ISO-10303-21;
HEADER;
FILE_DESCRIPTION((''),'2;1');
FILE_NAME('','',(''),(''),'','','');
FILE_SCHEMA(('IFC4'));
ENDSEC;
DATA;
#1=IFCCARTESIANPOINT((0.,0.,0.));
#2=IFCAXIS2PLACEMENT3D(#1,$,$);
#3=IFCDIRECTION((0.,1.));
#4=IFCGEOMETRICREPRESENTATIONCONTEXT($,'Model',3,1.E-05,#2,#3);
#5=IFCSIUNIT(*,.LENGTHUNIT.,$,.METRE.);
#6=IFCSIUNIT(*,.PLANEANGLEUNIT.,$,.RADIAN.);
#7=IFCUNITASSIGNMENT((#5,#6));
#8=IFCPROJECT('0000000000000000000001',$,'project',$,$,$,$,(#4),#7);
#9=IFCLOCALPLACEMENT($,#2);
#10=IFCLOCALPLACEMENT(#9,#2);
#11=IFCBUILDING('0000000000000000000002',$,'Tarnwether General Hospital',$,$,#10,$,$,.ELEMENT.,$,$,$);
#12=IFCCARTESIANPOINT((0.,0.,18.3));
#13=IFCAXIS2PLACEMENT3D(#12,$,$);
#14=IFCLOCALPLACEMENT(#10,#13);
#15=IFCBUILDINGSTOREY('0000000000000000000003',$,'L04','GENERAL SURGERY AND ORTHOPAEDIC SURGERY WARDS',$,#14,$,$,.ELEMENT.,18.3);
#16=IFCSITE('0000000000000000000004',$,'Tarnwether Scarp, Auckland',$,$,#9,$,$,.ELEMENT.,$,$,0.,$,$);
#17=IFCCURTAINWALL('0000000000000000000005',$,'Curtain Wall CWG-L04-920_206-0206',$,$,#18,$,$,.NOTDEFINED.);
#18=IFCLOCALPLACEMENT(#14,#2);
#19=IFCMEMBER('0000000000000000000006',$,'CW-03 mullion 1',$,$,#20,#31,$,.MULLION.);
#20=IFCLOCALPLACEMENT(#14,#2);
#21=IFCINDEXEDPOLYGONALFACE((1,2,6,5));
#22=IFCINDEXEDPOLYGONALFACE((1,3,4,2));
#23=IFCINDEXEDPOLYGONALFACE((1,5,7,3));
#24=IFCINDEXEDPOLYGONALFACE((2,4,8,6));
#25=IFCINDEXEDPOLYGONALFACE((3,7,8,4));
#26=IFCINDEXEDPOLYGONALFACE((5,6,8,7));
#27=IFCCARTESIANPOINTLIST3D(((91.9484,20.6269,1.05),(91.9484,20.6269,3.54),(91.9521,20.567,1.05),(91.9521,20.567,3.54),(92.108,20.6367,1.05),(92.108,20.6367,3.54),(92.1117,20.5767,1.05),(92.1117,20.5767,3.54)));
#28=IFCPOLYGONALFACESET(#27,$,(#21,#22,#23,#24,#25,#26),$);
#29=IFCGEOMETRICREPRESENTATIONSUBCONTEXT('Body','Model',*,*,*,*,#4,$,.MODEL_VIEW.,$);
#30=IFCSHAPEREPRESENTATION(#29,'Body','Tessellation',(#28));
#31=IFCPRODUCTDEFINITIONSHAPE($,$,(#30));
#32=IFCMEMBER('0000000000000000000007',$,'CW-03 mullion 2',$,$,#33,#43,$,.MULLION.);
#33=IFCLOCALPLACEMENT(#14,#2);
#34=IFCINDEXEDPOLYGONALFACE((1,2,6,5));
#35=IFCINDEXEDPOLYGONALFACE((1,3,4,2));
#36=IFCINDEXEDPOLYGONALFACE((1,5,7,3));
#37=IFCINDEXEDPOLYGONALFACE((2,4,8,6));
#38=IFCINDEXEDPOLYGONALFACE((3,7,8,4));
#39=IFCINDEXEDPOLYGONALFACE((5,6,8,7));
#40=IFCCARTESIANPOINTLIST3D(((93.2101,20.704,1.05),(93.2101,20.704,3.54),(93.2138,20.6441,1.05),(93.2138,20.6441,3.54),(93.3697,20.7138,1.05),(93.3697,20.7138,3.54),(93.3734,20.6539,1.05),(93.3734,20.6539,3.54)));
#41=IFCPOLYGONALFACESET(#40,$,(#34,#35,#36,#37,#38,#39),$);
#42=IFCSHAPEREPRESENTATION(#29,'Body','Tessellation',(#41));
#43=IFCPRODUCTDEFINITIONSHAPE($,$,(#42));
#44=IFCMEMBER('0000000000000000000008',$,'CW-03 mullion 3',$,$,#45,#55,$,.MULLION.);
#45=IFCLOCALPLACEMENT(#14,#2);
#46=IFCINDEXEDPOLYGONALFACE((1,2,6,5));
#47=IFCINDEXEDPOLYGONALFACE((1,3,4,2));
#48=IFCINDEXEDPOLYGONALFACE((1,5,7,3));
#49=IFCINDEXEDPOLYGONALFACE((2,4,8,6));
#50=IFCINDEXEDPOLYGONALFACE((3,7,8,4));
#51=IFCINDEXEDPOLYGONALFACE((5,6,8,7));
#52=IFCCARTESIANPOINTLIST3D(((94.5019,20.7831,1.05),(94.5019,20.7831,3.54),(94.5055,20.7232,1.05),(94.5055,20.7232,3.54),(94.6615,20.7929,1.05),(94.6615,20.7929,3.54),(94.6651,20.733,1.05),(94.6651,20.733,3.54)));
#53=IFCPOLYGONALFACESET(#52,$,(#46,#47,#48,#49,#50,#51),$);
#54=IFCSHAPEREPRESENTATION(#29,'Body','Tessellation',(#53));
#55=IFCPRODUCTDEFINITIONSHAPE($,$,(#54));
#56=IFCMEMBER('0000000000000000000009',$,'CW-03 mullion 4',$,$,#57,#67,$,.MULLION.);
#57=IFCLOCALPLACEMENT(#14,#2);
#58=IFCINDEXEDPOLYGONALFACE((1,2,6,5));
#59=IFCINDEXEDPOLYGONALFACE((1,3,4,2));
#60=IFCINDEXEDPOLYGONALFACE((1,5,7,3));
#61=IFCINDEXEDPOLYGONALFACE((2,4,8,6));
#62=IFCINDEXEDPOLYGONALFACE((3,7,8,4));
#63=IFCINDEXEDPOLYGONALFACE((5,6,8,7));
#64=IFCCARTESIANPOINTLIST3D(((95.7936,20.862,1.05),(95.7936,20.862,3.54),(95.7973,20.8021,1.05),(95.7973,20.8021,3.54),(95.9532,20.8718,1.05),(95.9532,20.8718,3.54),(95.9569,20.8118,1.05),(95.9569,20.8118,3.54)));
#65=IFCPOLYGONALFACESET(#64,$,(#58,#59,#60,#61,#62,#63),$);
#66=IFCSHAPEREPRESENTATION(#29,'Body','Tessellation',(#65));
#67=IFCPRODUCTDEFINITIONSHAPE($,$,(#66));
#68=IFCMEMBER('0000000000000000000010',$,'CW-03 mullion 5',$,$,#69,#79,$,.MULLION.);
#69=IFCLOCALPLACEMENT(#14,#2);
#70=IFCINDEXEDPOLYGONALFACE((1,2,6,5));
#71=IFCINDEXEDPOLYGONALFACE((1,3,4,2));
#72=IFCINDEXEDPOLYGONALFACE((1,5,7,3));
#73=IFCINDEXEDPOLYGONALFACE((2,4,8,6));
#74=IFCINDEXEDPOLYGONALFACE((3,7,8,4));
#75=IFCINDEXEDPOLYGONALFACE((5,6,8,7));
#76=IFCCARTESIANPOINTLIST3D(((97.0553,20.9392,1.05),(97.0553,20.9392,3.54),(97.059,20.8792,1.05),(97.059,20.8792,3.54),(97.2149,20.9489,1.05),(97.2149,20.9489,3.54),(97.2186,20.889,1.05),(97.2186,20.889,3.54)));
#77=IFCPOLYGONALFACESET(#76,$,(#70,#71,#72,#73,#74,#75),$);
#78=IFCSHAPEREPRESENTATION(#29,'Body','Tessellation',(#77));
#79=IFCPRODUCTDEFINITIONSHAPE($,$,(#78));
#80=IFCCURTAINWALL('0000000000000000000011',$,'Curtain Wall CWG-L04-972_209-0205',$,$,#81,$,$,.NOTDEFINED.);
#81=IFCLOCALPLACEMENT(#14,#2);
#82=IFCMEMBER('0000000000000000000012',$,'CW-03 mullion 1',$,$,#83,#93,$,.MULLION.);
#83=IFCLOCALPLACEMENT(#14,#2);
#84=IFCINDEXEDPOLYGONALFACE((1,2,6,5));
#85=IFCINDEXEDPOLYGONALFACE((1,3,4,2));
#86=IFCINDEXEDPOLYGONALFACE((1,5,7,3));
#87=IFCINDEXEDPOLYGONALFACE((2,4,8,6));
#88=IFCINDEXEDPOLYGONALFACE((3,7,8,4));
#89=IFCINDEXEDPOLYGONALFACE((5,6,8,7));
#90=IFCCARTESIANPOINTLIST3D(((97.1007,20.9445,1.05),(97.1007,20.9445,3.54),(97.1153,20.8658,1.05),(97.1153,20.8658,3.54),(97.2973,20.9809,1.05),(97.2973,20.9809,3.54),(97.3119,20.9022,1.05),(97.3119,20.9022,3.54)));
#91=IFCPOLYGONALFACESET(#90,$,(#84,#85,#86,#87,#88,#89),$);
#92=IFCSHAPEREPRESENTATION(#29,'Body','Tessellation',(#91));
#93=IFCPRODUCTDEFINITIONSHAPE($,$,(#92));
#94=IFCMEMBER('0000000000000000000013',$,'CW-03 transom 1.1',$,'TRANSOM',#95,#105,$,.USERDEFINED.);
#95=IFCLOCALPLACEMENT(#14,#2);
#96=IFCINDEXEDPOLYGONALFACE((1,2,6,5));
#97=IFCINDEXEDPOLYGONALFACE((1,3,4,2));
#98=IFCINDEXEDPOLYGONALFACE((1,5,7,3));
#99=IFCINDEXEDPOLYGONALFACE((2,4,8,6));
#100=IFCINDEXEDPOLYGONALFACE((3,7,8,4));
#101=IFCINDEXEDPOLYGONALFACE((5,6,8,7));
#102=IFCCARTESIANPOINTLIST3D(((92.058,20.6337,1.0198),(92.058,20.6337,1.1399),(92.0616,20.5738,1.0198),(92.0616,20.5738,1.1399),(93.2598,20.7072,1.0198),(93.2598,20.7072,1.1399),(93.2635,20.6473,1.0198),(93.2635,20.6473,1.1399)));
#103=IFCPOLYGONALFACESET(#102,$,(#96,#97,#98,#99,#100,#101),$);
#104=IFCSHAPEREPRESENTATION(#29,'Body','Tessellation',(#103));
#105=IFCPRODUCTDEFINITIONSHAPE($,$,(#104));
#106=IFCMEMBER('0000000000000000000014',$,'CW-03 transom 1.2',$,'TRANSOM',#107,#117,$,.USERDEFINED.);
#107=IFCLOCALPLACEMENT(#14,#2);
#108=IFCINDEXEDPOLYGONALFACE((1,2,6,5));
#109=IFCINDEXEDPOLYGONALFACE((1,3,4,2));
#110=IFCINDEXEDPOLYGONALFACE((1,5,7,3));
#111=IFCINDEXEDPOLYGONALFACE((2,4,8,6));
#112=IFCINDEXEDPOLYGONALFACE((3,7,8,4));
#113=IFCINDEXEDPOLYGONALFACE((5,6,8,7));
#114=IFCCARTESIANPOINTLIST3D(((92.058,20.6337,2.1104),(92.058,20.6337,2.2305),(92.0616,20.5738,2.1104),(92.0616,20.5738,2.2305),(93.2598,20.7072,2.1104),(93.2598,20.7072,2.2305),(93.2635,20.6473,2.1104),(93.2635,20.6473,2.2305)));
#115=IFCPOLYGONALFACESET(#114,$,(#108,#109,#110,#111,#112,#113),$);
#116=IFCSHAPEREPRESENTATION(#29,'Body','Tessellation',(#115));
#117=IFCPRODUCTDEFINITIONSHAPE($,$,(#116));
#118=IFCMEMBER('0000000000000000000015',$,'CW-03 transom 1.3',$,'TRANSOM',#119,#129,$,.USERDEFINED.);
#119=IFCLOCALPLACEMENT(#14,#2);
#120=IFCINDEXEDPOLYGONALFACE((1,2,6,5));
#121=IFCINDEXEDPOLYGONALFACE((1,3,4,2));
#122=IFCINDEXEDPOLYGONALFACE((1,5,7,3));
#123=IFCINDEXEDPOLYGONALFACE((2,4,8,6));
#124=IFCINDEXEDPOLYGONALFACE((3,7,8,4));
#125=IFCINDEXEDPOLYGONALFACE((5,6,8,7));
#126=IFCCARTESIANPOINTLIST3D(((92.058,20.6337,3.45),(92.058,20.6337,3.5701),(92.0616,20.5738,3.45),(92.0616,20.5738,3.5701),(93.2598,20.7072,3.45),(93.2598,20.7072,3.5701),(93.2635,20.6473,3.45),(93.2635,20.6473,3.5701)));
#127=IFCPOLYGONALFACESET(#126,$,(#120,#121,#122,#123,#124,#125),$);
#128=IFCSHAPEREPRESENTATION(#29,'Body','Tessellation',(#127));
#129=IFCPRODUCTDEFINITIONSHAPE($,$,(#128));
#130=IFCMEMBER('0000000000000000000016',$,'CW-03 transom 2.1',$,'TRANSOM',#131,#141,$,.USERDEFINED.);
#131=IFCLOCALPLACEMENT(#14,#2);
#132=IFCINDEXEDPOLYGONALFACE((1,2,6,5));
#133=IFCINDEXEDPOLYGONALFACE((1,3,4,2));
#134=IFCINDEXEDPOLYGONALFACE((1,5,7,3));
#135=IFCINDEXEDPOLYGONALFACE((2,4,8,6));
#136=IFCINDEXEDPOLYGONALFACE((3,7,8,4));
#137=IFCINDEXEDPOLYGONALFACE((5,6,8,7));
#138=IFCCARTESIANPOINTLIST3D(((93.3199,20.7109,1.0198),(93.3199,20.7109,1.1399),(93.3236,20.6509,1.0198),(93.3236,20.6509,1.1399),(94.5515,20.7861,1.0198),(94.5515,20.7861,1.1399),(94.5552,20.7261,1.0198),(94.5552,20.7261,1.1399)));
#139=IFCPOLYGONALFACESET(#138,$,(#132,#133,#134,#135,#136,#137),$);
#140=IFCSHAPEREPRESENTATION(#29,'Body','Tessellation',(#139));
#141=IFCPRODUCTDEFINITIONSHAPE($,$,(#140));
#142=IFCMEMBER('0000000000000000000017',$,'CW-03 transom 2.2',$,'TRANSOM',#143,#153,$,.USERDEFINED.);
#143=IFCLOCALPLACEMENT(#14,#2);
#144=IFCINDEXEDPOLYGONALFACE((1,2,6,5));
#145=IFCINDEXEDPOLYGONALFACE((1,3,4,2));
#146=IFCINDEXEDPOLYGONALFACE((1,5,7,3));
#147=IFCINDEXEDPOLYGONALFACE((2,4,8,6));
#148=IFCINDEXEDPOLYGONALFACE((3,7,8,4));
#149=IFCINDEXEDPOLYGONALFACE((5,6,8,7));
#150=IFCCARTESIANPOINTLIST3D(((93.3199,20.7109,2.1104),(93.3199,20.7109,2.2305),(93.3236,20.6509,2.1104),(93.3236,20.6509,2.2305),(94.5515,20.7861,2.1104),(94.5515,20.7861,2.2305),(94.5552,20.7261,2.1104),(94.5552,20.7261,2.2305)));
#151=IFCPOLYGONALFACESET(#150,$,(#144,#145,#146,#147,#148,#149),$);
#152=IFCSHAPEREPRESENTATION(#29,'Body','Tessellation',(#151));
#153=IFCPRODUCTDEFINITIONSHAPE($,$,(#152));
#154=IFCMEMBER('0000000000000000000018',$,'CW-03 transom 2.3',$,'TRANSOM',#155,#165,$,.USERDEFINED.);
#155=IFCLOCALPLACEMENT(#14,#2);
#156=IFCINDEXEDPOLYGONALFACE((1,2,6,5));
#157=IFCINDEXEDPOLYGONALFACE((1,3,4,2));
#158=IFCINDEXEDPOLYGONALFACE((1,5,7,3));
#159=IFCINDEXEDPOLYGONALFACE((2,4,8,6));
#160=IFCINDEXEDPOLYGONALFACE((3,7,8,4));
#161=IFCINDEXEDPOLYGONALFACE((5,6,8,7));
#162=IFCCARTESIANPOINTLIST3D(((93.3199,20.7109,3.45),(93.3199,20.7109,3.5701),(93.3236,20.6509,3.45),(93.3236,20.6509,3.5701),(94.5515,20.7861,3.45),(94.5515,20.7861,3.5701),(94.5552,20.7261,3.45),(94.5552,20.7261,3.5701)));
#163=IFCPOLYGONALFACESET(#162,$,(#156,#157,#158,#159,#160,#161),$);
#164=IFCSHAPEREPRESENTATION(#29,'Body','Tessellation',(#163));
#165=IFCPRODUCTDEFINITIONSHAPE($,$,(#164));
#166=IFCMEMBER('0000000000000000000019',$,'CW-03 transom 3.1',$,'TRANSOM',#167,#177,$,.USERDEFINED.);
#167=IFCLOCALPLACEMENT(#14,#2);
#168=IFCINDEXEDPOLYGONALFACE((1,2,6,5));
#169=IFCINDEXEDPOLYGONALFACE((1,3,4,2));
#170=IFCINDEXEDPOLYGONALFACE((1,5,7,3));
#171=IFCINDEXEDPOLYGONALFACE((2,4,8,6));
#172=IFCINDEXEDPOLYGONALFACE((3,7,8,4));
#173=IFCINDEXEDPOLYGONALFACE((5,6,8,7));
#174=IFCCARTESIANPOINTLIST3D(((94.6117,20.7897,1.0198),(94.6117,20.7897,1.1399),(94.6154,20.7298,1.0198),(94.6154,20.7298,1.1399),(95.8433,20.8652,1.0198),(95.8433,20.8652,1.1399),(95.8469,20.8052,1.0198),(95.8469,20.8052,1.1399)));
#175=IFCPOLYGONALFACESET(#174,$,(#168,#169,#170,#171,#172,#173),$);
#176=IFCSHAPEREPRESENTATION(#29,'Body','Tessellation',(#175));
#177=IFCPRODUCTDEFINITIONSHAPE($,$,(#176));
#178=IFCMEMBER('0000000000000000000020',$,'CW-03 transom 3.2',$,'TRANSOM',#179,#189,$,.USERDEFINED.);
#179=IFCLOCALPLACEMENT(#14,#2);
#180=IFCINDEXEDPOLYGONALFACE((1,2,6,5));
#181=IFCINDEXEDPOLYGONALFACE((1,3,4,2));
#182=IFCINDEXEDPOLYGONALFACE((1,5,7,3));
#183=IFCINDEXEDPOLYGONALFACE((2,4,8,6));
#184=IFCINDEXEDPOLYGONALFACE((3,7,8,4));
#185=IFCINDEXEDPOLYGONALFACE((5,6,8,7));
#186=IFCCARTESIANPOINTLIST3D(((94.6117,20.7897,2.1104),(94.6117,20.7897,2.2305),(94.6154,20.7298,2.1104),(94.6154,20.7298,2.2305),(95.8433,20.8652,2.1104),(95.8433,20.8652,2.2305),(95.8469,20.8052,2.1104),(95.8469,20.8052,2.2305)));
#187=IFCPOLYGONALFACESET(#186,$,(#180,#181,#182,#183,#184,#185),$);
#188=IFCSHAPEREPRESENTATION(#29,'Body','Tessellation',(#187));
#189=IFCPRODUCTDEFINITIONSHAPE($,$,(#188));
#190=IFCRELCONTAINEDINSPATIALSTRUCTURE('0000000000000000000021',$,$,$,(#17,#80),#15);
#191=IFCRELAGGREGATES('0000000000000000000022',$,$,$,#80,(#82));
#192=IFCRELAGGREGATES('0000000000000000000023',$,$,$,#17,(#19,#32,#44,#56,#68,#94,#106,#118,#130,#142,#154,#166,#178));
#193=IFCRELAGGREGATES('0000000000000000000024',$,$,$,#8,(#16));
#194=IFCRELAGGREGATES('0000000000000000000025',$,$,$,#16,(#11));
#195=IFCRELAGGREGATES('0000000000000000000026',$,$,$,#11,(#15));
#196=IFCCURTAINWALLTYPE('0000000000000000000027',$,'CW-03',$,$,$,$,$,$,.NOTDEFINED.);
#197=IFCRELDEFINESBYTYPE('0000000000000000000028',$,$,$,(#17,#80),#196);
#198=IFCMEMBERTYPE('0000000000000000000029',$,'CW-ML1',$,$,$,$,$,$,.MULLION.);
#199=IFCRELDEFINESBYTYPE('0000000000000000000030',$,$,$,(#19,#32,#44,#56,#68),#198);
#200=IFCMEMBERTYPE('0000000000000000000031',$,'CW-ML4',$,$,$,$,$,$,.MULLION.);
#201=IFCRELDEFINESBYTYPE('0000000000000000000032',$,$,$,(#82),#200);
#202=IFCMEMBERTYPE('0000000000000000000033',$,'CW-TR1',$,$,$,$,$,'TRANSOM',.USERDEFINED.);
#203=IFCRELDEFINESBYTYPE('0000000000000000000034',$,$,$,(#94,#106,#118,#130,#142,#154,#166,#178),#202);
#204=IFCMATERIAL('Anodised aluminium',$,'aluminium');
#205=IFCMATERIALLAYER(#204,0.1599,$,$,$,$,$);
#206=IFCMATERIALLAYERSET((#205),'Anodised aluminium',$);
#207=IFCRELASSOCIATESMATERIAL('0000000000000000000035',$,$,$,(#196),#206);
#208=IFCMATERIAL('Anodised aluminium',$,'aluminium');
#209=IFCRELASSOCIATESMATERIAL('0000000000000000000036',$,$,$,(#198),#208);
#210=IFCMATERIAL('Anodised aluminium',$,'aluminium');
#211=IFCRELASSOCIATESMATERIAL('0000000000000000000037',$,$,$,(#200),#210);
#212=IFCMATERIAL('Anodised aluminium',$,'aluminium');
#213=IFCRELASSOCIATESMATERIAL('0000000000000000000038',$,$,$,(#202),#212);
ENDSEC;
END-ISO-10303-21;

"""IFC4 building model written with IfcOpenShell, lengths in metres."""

from ifc_helpers import new_model, si_unit, direction, frame, origin, origin_2d, place, context, subcontext, project, spatial, rectangle, extrude, material, layer, layer_set, material_profile, profile_set, type_object, element, aggregate, save


model = new_model("IFC4")

# Units and contexts
model_context = context("Model", 3, precision=1e-05, world=origin(), true_north=direction((0.0, 1.0)))
body_context = subcontext(model_context, "Body", "Model", "MODEL_VIEW")
ifc_project = project(units=[si_unit("LENGTHUNIT", "METRE"), si_unit("PLANEANGLEUNIT", "RADIAN")], contexts=[model_context])

# Site, building, storey
site_placement = place(None, origin())
site = spatial("IfcSite", under=ifc_project, at=site_placement, Name="Tarnwether Scarp, Auckland", CompositionType="ELEMENT", RefElevation=0.0)
building_placement = place(site_placement, origin())
building = spatial("IfcBuilding", under=site, at=building_placement, Name="Tarnwether General Hospital", CompositionType="ELEMENT")
storey_placement = place(building_placement, frame((0.0, 0.0, 18.3)))
storey = spatial("IfcBuildingStorey", under=building, at=storey_placement, Name="L04", Description="GENERAL SURGERY AND ORTHOPAEDIC SURGERY WARDS", CompositionType="ELEMENT", Elevation=18.3)

# Curtain wall, members
ifc_material_1 = material(Name="Anodised aluminium", Category="aluminium")
ifc_layer_1 = layer(ifc_material_1, 0.1599)
ifc_layer_set_1 = layer_set([ifc_layer_1], Name="Anodised aluminium")
curtain_wall_type = type_object("IfcCurtainWallType", Name="CW-03", PredefinedType="NOTDEFINED", material=ifc_layer_set_1)
curtain_wall_1_placement = place(storey_placement, origin())
curtain_wall_1 = element("IfcCurtainWall", 1, at=curtain_wall_1_placement, inside=storey, type_object=curtain_wall_type, Name="Curtain Wall CWG-L04-920_206-0206", PredefinedType="NOTDEFINED")
ifc_material_2 = material(Name="Anodised aluminium", Category="aluminium")
ifc_material_profile_1 = material_profile(ifc_material_2, rectangle(XDim=0.0601, YDim=0.1599, at=origin_2d()), Name="ALU-MUL-60x160")
ifc_profile_set_1 = profile_set([ifc_material_profile_1], Name="Anodised aluminium")
member_type_1 = type_object("IfcMemberType", Name="CW-ML1", PredefinedType="MULLION", material=ifc_profile_set_1)
member_1_placement = place(storey_placement, frame((92.03, 20.6018, 1.05), z_axis=(0.0, 0.0, 1.0), x_axis=(-0.061043, 0.998135, 0.0)))
member_1 = element("IfcMember", 2, at=member_1_placement, type_object=member_type_1, Name="CW-03 mullion 1", PredefinedType="MULLION", context=body_context, shape_type="SweptSolid", body=[
    extrude(rectangle(XDim=0.0601, YDim=0.1599, at=origin_2d()), origin(), (0.0, 0.0, 1.0), 2.49),
])
member_2_placement = place(storey_placement, frame((93.2917, 20.679, 1.05), z_axis=(0.0, 0.0, 1.0), x_axis=(-0.061043, 0.998135, 0.0)))
member_2 = element("IfcMember", 3, at=member_2_placement, type_object=member_type_1, Name="CW-03 mullion 2", PredefinedType="MULLION", context=body_context, shape_type="SweptSolid", body=[
    extrude(rectangle(XDim=0.0601, YDim=0.1599, at=origin_2d()), origin(), (0.0, 0.0, 1.0), 2.49),
])
member_3_placement = place(storey_placement, frame((94.5835, 20.7581, 1.05), z_axis=(0.0, 0.0, 1.0), x_axis=(-0.061043, 0.998135, 0.0)))
member_3 = element("IfcMember", 4, at=member_3_placement, type_object=member_type_1, Name="CW-03 mullion 3", PredefinedType="MULLION", context=body_context, shape_type="SweptSolid", body=[
    extrude(rectangle(XDim=0.0601, YDim=0.1599, at=origin_2d()), origin(), (0.0, 0.0, 1.0), 2.49),
])
member_4_placement = place(storey_placement, frame((95.8752, 20.8369, 1.05), z_axis=(0.0, 0.0, 1.0), x_axis=(-0.061043, 0.998135, 0.0)))
member_4 = element("IfcMember", 5, at=member_4_placement, type_object=member_type_1, Name="CW-03 mullion 4", PredefinedType="MULLION", context=body_context, shape_type="SweptSolid", body=[
    extrude(rectangle(XDim=0.0601, YDim=0.1599, at=origin_2d()), origin(), (0.0, 0.0, 1.0), 2.49),
])
member_5_placement = place(storey_placement, frame((97.137, 20.9141, 1.05), z_axis=(0.0, 0.0, 1.0), x_axis=(-0.061043, 0.998135, 0.0)))
member_5 = element("IfcMember", 6, at=member_5_placement, type_object=member_type_1, Name="CW-03 mullion 5", PredefinedType="MULLION", context=body_context, shape_type="SweptSolid", body=[
    extrude(rectangle(XDim=0.0601, YDim=0.1599, at=origin_2d()), origin(), (0.0, 0.0, 1.0), 2.49),
])

# Curtain wall, member
curtain_wall_2_placement = place(storey_placement, origin())
curtain_wall_2 = element("IfcCurtainWall", 7, at=curtain_wall_2_placement, inside=storey, type_object=curtain_wall_type, Name="Curtain Wall CWG-L04-972_209-0205", PredefinedType="NOTDEFINED")
ifc_material_3 = material(Name="Anodised aluminium", Category="aluminium")
ifc_material_profile_2 = material_profile(ifc_material_3, rectangle(XDim=0.0801, YDim=0.2, at=origin_2d()), Name="ALU-MUL-80x200")
ifc_profile_set_2 = profile_set([ifc_material_profile_2], Name="Anodised aluminium")
member_type_2 = type_object("IfcMemberType", Name="CW-ML4", PredefinedType="MULLION", material=ifc_profile_set_2)
member_6_placement = place(storey_placement, frame((97.2063, 20.9233, 1.05), z_axis=(0.0, 0.0, 1.0), x_axis=(-0.182165, 0.983268, 0.0)))
member_6 = element("IfcMember", 8, at=member_6_placement, type_object=member_type_2, Name="CW-03 mullion 1", PredefinedType="MULLION", context=body_context, shape_type="SweptSolid", body=[
    extrude(rectangle(XDim=0.0801, YDim=0.2, at=origin_2d()), origin(), (0.0, 0.0, 1.0), 2.49),
])

# Members
ifc_material_4 = material(Name="Anodised aluminium", Category="aluminium")
ifc_material_profile_3 = material_profile(ifc_material_4, rectangle(XDim=0.0601, YDim=0.1201, at=origin_2d()), Name="ALU-TRN-60x120")
ifc_profile_set_3 = profile_set([ifc_material_profile_3], Name="Anodised aluminium")
member_type_3 = type_object("IfcMemberType", Name="CW-TR1", ElementType="TRANSOM", PredefinedType="USERDEFINED", material=ifc_profile_set_3)
member_7_placement = place(storey_placement, frame((92.0598, 20.6038, 1.0798), z_axis=(0.998136, 0.061028, 0.0), x_axis=(-0.061028, 0.998136, 0.0)))
member_7 = element("IfcMember", 9, at=member_7_placement, type_object=member_type_3, Name="CW-03 transom 1.1", ObjectType="TRANSOM", PredefinedType="USERDEFINED", context=body_context, shape_type="SweptSolid", body=[
    extrude(rectangle(XDim=0.0601, YDim=0.1201, at=origin_2d()), origin(), (0.0, 0.0, 1.0), 1.2041),
])
member_8_placement = place(storey_placement, frame((92.0598, 20.6038, 2.1704), z_axis=(0.998136, 0.061028, 0.0), x_axis=(-0.061028, 0.998136, 0.0)))
member_8 = element("IfcMember", 10, at=member_8_placement, type_object=member_type_3, Name="CW-03 transom 1.2", ObjectType="TRANSOM", PredefinedType="USERDEFINED", context=body_context, shape_type="SweptSolid", body=[
    extrude(rectangle(XDim=0.0601, YDim=0.1201, at=origin_2d()), origin(), (0.0, 0.0, 1.0), 1.2041),
])
member_9_placement = place(storey_placement, frame((92.0598, 20.6038, 3.51), z_axis=(0.998136, 0.061028, 0.0), x_axis=(-0.061028, 0.998136, 0.0)))
member_9 = element("IfcMember", 11, at=member_9_placement, type_object=member_type_3, Name="CW-03 transom 1.3", ObjectType="TRANSOM", PredefinedType="USERDEFINED", context=body_context, shape_type="SweptSolid", body=[
    extrude(rectangle(XDim=0.0601, YDim=0.1201, at=origin_2d()), origin(), (0.0, 0.0, 1.0), 1.2041),
])
member_10_placement = place(storey_placement, frame((93.3218, 20.6809, 1.0798), z_axis=(0.998142, 0.060937, 0.0), x_axis=(-0.060937, 0.998142, 0.0)))
member_10 = element("IfcMember", 12, at=member_10_placement, type_object=member_type_3, Name="CW-03 transom 2.1", ObjectType="TRANSOM", PredefinedType="USERDEFINED", context=body_context, shape_type="SweptSolid", body=[
    extrude(rectangle(XDim=0.0601, YDim=0.1201, at=origin_2d()), origin(), (0.0, 0.0, 1.0), 1.2339),
])
member_11_placement = place(storey_placement, frame((93.3218, 20.6809, 2.1704), z_axis=(0.998142, 0.060937, 0.0), x_axis=(-0.060937, 0.998142, 0.0)))
member_11 = element("IfcMember", 13, at=member_11_placement, type_object=member_type_3, Name="CW-03 transom 2.2", ObjectType="TRANSOM", PredefinedType="USERDEFINED", context=body_context, shape_type="SweptSolid", body=[
    extrude(rectangle(XDim=0.0601, YDim=0.1201, at=origin_2d()), origin(), (0.0, 0.0, 1.0), 1.2339),
])
member_12_placement = place(storey_placement, frame((93.3218, 20.6809, 3.51), z_axis=(0.998142, 0.060937, 0.0), x_axis=(-0.060937, 0.998142, 0.0)))
member_12 = element("IfcMember", 14, at=member_12_placement, type_object=member_type_3, Name="CW-03 transom 2.3", ObjectType="TRANSOM", PredefinedType="USERDEFINED", context=body_context, shape_type="SweptSolid", body=[
    extrude(rectangle(XDim=0.0601, YDim=0.1201, at=origin_2d()), origin(), (0.0, 0.0, 1.0), 1.2339),
])
member_13_placement = place(storey_placement, frame((94.6135, 20.7598, 1.0798), z_axis=(0.99813, 0.061134, 0.0), x_axis=(-0.061134, 0.99813, 0.0)))
member_13 = element("IfcMember", 15, at=member_13_placement, type_object=member_type_3, Name="CW-03 transom 3.1", ObjectType="TRANSOM", PredefinedType="USERDEFINED", context=body_context, shape_type="SweptSolid", body=[
    extrude(rectangle(XDim=0.0601, YDim=0.1201, at=origin_2d()), origin(), (0.0, 0.0, 1.0), 1.2339),
])
member_14_placement = place(storey_placement, frame((94.6135, 20.7598, 2.1704), z_axis=(0.99813, 0.061134, 0.0), x_axis=(-0.061134, 0.99813, 0.0)))
member_14 = element("IfcMember", 16, at=member_14_placement, type_object=member_type_3, Name="CW-03 transom 3.2", ObjectType="TRANSOM", PredefinedType="USERDEFINED", context=body_context, shape_type="SweptSolid", body=[
    extrude(rectangle(XDim=0.0601, YDim=0.1201, at=origin_2d()), origin(), (0.0, 0.0, 1.0), 1.2339),
])
aggregate(curtain_wall_2, [member_6])

aggregate(curtain_wall_1, [member_1, member_2, member_3, member_4, member_5, member_7, member_8, member_9, member_10, member_11, member_12, member_13, member_14])

save(model, "model.ifc")
